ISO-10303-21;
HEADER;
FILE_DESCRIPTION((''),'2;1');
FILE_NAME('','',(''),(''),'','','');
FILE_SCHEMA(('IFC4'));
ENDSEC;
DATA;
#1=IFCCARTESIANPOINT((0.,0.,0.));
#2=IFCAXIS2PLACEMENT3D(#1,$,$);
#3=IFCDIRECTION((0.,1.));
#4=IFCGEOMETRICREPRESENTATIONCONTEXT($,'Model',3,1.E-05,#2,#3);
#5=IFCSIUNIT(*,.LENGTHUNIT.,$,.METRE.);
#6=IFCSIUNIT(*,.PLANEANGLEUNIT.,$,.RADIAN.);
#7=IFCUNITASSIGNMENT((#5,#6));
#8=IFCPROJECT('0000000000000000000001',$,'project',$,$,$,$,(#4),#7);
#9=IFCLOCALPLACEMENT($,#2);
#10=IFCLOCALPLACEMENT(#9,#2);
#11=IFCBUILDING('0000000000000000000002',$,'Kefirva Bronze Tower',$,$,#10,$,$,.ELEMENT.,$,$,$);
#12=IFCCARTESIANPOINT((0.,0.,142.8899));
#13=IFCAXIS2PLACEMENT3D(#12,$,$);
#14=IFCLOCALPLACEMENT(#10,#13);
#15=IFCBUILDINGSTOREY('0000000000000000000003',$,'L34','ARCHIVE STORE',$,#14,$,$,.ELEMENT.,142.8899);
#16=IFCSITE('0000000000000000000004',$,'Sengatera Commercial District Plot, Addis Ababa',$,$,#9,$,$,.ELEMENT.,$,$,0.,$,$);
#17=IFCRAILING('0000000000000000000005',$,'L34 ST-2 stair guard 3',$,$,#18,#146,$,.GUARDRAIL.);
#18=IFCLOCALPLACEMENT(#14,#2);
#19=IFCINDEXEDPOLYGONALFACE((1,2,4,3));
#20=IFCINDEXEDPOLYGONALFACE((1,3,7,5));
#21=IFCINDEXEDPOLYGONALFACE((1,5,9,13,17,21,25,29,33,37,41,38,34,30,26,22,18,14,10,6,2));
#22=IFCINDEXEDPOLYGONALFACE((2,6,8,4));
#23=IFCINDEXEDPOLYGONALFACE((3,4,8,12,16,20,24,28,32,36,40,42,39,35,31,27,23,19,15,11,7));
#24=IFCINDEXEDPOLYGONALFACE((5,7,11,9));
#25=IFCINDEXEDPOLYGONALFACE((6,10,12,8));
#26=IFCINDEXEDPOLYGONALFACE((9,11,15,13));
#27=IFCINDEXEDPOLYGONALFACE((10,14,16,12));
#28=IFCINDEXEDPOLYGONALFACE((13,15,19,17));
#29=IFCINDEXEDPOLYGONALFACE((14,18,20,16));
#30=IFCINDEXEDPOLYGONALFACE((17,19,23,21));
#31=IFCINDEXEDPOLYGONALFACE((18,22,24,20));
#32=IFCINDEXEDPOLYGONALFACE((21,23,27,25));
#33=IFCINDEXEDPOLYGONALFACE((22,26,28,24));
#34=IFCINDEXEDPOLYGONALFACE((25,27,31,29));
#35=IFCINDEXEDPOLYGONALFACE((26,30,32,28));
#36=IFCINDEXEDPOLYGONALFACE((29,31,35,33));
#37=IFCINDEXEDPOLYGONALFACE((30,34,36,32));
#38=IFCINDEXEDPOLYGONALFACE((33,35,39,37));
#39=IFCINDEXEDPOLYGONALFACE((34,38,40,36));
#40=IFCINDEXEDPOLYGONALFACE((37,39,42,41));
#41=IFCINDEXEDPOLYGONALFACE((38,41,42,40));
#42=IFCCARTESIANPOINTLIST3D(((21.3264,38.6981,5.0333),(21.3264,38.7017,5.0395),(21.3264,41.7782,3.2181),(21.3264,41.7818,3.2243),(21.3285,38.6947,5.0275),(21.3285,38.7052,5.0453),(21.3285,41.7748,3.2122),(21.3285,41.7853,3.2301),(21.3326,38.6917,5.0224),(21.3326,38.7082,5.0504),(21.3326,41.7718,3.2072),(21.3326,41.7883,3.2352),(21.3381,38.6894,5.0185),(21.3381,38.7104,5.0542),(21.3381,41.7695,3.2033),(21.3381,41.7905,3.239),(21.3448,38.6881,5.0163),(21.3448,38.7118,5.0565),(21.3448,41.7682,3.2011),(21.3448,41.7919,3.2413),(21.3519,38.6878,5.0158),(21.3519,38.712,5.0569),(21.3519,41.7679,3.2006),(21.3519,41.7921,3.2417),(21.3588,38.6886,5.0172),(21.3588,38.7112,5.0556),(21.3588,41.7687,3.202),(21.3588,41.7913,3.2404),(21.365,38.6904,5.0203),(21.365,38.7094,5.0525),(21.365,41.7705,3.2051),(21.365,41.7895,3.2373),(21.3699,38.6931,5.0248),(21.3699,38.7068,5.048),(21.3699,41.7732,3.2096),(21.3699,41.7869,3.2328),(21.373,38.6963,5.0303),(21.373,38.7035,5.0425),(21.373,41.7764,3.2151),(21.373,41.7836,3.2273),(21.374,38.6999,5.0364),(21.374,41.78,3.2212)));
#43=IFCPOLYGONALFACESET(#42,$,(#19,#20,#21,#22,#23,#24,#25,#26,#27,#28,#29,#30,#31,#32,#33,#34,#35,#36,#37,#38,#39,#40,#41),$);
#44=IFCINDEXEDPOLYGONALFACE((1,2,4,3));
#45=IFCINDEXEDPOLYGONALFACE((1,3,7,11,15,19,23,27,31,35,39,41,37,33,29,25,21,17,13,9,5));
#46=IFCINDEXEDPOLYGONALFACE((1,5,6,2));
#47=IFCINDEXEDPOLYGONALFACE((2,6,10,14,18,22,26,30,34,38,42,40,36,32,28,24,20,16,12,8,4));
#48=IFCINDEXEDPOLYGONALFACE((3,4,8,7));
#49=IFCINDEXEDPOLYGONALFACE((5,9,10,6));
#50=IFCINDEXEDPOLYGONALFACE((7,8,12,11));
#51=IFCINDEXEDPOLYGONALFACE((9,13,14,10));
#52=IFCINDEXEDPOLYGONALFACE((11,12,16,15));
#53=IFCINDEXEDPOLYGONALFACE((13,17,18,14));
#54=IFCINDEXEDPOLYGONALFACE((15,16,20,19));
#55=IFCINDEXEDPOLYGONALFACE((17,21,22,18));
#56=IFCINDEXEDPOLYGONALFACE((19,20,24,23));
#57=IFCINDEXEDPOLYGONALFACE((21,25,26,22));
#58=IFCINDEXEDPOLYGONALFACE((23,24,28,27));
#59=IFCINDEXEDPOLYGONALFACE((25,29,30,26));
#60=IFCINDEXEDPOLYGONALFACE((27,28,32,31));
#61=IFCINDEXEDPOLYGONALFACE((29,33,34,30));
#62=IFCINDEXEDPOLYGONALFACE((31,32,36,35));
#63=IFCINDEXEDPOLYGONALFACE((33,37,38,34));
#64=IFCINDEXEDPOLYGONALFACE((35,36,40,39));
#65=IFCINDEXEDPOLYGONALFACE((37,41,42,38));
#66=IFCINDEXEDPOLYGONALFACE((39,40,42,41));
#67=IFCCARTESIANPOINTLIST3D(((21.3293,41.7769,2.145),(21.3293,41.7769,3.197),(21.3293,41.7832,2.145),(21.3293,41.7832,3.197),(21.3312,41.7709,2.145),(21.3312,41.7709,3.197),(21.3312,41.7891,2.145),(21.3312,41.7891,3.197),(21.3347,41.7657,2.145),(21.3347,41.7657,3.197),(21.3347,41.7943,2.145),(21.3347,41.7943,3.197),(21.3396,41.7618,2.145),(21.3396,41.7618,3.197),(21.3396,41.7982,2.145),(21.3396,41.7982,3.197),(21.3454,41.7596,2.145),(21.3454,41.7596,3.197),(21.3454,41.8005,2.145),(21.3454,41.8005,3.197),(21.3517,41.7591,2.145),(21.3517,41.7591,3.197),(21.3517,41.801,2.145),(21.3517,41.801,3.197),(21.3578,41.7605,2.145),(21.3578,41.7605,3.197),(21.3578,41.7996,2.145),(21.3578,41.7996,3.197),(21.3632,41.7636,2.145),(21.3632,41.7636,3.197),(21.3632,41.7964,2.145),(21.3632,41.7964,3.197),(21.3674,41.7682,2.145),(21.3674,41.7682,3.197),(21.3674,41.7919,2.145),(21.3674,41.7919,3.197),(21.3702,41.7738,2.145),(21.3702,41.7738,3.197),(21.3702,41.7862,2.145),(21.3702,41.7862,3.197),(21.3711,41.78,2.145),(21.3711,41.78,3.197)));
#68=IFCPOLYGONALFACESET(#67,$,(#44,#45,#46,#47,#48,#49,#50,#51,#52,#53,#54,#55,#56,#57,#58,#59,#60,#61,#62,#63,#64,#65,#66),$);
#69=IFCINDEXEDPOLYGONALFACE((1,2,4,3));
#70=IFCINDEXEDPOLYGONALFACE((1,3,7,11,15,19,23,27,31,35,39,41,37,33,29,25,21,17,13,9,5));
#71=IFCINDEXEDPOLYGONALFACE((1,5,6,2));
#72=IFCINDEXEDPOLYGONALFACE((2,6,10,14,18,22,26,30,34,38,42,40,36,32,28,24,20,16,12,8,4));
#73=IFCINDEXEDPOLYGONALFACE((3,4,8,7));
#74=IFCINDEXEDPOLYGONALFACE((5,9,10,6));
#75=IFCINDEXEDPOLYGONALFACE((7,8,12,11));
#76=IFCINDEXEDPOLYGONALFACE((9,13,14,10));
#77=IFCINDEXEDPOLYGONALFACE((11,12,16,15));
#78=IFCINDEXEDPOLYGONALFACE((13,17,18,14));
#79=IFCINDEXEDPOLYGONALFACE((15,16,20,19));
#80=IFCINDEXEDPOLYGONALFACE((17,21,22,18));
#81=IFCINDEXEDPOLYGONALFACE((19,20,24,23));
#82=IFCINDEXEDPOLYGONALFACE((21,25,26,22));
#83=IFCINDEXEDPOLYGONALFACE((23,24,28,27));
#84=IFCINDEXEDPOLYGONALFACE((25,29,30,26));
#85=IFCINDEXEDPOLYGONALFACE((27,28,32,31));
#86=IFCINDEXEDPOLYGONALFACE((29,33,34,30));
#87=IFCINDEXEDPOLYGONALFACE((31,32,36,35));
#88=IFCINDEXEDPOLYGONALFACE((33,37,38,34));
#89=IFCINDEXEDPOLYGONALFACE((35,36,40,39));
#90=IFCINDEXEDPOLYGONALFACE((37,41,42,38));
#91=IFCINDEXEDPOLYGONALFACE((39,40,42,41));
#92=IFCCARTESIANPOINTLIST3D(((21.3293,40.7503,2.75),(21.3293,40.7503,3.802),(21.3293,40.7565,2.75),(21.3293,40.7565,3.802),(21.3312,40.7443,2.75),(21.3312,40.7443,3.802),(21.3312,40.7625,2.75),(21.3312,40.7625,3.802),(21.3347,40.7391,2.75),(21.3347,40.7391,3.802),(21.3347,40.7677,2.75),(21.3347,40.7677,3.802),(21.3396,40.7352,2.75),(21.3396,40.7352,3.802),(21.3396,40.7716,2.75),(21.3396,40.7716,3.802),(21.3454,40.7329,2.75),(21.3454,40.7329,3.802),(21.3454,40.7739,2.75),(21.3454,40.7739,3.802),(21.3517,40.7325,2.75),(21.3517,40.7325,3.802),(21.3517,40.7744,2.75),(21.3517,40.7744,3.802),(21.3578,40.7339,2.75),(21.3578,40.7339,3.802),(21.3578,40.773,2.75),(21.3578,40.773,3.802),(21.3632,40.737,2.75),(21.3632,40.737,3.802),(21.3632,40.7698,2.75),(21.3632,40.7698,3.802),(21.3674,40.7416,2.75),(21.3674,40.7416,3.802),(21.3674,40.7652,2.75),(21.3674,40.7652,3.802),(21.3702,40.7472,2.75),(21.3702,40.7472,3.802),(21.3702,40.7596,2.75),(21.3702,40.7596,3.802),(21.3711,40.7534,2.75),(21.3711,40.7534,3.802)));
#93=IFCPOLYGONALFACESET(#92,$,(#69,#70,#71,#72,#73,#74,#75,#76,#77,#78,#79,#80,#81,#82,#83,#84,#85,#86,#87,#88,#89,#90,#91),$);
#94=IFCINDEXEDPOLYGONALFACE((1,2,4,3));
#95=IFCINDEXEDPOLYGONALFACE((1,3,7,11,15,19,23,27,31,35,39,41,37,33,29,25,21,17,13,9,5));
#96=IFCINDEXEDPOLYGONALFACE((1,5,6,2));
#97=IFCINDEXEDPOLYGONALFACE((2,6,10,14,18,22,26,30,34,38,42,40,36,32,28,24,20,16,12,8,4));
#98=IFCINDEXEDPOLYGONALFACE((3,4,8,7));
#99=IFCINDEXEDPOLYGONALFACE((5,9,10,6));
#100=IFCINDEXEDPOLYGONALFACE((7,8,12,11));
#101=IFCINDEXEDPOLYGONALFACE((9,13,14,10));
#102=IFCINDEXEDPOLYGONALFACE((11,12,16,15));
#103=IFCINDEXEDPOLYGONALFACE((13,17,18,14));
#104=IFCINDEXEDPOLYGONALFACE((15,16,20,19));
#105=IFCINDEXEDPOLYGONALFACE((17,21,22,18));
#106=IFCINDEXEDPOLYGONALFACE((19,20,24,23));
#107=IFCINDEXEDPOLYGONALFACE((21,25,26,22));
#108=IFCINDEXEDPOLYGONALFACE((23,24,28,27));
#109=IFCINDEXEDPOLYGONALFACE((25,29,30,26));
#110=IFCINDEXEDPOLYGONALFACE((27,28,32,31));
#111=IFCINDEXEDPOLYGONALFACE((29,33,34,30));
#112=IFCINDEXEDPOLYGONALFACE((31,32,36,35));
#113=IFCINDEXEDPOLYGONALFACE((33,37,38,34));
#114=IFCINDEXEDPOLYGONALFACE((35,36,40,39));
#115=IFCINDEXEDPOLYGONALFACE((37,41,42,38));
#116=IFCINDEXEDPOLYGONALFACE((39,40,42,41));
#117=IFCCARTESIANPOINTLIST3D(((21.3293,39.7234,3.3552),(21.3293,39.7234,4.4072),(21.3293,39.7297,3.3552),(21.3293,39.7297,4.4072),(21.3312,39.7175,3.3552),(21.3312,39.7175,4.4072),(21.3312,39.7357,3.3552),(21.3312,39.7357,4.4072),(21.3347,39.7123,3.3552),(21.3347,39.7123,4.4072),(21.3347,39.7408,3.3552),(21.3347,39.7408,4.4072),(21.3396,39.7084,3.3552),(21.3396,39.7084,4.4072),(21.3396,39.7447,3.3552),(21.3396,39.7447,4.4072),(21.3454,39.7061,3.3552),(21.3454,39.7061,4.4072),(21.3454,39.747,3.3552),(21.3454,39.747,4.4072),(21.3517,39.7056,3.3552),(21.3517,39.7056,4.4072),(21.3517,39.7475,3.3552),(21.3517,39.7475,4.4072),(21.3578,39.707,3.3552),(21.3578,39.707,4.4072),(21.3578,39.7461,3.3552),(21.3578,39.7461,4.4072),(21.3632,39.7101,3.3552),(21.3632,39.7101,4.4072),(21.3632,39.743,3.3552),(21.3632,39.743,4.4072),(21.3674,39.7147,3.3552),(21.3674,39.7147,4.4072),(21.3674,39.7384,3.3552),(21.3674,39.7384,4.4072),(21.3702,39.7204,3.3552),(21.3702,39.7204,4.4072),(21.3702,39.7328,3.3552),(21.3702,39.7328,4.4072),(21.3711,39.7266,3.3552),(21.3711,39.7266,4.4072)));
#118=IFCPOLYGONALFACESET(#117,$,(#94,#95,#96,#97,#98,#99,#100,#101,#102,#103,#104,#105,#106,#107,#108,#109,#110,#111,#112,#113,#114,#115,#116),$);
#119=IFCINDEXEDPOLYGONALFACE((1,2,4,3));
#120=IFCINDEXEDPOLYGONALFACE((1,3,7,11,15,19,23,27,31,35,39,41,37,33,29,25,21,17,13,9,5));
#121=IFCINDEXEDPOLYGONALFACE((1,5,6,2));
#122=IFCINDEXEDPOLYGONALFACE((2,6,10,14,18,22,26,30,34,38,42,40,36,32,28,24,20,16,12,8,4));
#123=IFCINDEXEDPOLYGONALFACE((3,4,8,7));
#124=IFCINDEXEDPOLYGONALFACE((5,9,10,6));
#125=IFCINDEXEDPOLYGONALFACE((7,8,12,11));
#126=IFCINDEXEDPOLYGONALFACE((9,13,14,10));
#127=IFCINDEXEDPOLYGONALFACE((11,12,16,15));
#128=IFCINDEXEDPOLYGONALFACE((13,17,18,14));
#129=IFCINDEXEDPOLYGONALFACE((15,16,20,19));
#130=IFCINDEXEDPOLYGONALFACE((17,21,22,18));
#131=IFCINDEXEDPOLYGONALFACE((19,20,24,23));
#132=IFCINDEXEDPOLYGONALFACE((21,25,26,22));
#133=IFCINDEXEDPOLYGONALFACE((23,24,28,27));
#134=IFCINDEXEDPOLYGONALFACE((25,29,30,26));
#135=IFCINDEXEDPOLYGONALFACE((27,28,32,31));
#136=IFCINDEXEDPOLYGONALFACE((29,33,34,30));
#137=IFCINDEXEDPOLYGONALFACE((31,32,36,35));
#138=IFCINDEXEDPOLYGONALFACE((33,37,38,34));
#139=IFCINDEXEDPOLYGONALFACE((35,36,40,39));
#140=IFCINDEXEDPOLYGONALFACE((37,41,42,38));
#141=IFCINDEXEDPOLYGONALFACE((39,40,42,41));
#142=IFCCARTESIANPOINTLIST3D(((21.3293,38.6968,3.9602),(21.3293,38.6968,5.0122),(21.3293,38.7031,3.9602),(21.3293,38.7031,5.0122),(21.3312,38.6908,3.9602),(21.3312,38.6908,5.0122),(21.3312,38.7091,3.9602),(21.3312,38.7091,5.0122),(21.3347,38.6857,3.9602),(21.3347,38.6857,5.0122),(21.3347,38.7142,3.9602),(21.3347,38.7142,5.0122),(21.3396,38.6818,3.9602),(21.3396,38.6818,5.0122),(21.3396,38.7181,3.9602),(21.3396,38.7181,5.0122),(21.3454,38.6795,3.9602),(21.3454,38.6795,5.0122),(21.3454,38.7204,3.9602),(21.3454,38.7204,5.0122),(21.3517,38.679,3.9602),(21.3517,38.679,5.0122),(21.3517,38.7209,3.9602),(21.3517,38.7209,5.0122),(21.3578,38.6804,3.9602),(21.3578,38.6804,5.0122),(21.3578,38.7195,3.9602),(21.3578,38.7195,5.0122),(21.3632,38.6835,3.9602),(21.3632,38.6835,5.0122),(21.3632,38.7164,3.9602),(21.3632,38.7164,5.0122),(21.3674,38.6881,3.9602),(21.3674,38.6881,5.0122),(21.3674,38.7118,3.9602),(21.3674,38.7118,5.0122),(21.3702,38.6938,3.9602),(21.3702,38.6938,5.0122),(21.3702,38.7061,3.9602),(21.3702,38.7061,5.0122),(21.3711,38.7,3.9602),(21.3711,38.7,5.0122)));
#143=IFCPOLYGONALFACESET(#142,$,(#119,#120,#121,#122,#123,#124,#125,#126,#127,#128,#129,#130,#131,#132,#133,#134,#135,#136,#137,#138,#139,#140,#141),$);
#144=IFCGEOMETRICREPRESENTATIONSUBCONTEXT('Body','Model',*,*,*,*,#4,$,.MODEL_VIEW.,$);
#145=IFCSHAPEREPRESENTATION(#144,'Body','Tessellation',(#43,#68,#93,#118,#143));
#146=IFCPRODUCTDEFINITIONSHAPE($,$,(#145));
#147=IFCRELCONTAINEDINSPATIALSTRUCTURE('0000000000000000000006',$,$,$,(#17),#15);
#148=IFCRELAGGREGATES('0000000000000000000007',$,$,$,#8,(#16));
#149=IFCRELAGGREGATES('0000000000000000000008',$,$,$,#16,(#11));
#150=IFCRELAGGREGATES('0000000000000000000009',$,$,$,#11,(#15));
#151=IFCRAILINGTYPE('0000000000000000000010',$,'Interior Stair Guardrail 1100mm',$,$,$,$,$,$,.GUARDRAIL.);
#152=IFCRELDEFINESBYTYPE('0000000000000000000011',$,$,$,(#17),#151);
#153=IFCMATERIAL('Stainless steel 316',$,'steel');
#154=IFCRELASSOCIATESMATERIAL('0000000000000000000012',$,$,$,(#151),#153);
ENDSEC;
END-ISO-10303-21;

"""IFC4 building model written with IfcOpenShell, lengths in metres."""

from ifc_helpers import new_model, si_unit, direction, frame, origin, origin_2d, place, context, subcontext, project, spatial, circle, extrude, material, type_object, element, save


model = new_model("IFC4")

# Units and contexts
model_context = context("Model", 3, precision=1e-05, world=origin(), true_north=direction((0.0, 1.0)))
body_context = subcontext(model_context, "Body", "Model", "MODEL_VIEW")
ifc_project = project(units=[si_unit("LENGTHUNIT", "METRE"), si_unit("PLANEANGLEUNIT", "RADIAN")], contexts=[model_context])

# Site, building, storey
site_placement = place(None, origin())
site = spatial("IfcSite", under=ifc_project, at=site_placement, Name="Sengatera Commercial District Plot, Addis Ababa", CompositionType="ELEMENT", RefElevation=0.0)
building_placement = place(site_placement, origin())
building = spatial("IfcBuilding", under=site, at=building_placement, Name="Kefirva Bronze Tower", CompositionType="ELEMENT")
storey_placement = place(building_placement, frame((0.0, 0.0, 142.8899)))
storey = spatial("IfcBuildingStorey", under=building, at=storey_placement, Name="L34", Description="ARCHIVE STORE", CompositionType="ELEMENT", Elevation=142.8899)

# Railing
ifc_material_1 = material(Name="Stainless steel 316", Category="steel")
railing_type_1 = type_object("IfcRailingType", Name="Interior Stair Guardrail 1100mm", PredefinedType="GUARDRAIL", material=ifc_material_1)
railing_1_placement = place(storey_placement, frame((21.3501, 41.78, 2.145)))
element("IfcRailing", 1, at=railing_1_placement, inside=storey, type_object=railing_type_1, Name="L34 ST-2 stair guard 3", PredefinedType="GUARDRAIL", context=body_context, shape_type="SweptSolid", body=[
    extrude(circle(Radius=0.0239, at=origin_2d()), frame((0.0, 0.0, 1.0762), z_axis=(0.0, -0.861521, 0.507721), x_axis=(1.0, 0.0, 0.0)), (0.0, 0.0, 1.0), 3.5752),
    extrude(circle(Radius=0.021, at=origin_2d()), origin(), (0.0, 0.0, 1.0), 1.052),
    extrude(circle(Radius=0.021, at=origin_2d()), frame((0.0, -1.0266, 0.605)), (0.0, 0.0, 1.0), 1.052),
    extrude(circle(Radius=0.021, at=origin_2d()), frame((0.0, -2.0535, 1.2102)), (0.0, 0.0, 1.0), 1.052),
    extrude(circle(Radius=0.021, at=origin_2d()), frame((0.0, -3.0801, 1.8152)), (0.0, 0.0, 1.0), 1.052),
])

save(model, "model.ifc")
